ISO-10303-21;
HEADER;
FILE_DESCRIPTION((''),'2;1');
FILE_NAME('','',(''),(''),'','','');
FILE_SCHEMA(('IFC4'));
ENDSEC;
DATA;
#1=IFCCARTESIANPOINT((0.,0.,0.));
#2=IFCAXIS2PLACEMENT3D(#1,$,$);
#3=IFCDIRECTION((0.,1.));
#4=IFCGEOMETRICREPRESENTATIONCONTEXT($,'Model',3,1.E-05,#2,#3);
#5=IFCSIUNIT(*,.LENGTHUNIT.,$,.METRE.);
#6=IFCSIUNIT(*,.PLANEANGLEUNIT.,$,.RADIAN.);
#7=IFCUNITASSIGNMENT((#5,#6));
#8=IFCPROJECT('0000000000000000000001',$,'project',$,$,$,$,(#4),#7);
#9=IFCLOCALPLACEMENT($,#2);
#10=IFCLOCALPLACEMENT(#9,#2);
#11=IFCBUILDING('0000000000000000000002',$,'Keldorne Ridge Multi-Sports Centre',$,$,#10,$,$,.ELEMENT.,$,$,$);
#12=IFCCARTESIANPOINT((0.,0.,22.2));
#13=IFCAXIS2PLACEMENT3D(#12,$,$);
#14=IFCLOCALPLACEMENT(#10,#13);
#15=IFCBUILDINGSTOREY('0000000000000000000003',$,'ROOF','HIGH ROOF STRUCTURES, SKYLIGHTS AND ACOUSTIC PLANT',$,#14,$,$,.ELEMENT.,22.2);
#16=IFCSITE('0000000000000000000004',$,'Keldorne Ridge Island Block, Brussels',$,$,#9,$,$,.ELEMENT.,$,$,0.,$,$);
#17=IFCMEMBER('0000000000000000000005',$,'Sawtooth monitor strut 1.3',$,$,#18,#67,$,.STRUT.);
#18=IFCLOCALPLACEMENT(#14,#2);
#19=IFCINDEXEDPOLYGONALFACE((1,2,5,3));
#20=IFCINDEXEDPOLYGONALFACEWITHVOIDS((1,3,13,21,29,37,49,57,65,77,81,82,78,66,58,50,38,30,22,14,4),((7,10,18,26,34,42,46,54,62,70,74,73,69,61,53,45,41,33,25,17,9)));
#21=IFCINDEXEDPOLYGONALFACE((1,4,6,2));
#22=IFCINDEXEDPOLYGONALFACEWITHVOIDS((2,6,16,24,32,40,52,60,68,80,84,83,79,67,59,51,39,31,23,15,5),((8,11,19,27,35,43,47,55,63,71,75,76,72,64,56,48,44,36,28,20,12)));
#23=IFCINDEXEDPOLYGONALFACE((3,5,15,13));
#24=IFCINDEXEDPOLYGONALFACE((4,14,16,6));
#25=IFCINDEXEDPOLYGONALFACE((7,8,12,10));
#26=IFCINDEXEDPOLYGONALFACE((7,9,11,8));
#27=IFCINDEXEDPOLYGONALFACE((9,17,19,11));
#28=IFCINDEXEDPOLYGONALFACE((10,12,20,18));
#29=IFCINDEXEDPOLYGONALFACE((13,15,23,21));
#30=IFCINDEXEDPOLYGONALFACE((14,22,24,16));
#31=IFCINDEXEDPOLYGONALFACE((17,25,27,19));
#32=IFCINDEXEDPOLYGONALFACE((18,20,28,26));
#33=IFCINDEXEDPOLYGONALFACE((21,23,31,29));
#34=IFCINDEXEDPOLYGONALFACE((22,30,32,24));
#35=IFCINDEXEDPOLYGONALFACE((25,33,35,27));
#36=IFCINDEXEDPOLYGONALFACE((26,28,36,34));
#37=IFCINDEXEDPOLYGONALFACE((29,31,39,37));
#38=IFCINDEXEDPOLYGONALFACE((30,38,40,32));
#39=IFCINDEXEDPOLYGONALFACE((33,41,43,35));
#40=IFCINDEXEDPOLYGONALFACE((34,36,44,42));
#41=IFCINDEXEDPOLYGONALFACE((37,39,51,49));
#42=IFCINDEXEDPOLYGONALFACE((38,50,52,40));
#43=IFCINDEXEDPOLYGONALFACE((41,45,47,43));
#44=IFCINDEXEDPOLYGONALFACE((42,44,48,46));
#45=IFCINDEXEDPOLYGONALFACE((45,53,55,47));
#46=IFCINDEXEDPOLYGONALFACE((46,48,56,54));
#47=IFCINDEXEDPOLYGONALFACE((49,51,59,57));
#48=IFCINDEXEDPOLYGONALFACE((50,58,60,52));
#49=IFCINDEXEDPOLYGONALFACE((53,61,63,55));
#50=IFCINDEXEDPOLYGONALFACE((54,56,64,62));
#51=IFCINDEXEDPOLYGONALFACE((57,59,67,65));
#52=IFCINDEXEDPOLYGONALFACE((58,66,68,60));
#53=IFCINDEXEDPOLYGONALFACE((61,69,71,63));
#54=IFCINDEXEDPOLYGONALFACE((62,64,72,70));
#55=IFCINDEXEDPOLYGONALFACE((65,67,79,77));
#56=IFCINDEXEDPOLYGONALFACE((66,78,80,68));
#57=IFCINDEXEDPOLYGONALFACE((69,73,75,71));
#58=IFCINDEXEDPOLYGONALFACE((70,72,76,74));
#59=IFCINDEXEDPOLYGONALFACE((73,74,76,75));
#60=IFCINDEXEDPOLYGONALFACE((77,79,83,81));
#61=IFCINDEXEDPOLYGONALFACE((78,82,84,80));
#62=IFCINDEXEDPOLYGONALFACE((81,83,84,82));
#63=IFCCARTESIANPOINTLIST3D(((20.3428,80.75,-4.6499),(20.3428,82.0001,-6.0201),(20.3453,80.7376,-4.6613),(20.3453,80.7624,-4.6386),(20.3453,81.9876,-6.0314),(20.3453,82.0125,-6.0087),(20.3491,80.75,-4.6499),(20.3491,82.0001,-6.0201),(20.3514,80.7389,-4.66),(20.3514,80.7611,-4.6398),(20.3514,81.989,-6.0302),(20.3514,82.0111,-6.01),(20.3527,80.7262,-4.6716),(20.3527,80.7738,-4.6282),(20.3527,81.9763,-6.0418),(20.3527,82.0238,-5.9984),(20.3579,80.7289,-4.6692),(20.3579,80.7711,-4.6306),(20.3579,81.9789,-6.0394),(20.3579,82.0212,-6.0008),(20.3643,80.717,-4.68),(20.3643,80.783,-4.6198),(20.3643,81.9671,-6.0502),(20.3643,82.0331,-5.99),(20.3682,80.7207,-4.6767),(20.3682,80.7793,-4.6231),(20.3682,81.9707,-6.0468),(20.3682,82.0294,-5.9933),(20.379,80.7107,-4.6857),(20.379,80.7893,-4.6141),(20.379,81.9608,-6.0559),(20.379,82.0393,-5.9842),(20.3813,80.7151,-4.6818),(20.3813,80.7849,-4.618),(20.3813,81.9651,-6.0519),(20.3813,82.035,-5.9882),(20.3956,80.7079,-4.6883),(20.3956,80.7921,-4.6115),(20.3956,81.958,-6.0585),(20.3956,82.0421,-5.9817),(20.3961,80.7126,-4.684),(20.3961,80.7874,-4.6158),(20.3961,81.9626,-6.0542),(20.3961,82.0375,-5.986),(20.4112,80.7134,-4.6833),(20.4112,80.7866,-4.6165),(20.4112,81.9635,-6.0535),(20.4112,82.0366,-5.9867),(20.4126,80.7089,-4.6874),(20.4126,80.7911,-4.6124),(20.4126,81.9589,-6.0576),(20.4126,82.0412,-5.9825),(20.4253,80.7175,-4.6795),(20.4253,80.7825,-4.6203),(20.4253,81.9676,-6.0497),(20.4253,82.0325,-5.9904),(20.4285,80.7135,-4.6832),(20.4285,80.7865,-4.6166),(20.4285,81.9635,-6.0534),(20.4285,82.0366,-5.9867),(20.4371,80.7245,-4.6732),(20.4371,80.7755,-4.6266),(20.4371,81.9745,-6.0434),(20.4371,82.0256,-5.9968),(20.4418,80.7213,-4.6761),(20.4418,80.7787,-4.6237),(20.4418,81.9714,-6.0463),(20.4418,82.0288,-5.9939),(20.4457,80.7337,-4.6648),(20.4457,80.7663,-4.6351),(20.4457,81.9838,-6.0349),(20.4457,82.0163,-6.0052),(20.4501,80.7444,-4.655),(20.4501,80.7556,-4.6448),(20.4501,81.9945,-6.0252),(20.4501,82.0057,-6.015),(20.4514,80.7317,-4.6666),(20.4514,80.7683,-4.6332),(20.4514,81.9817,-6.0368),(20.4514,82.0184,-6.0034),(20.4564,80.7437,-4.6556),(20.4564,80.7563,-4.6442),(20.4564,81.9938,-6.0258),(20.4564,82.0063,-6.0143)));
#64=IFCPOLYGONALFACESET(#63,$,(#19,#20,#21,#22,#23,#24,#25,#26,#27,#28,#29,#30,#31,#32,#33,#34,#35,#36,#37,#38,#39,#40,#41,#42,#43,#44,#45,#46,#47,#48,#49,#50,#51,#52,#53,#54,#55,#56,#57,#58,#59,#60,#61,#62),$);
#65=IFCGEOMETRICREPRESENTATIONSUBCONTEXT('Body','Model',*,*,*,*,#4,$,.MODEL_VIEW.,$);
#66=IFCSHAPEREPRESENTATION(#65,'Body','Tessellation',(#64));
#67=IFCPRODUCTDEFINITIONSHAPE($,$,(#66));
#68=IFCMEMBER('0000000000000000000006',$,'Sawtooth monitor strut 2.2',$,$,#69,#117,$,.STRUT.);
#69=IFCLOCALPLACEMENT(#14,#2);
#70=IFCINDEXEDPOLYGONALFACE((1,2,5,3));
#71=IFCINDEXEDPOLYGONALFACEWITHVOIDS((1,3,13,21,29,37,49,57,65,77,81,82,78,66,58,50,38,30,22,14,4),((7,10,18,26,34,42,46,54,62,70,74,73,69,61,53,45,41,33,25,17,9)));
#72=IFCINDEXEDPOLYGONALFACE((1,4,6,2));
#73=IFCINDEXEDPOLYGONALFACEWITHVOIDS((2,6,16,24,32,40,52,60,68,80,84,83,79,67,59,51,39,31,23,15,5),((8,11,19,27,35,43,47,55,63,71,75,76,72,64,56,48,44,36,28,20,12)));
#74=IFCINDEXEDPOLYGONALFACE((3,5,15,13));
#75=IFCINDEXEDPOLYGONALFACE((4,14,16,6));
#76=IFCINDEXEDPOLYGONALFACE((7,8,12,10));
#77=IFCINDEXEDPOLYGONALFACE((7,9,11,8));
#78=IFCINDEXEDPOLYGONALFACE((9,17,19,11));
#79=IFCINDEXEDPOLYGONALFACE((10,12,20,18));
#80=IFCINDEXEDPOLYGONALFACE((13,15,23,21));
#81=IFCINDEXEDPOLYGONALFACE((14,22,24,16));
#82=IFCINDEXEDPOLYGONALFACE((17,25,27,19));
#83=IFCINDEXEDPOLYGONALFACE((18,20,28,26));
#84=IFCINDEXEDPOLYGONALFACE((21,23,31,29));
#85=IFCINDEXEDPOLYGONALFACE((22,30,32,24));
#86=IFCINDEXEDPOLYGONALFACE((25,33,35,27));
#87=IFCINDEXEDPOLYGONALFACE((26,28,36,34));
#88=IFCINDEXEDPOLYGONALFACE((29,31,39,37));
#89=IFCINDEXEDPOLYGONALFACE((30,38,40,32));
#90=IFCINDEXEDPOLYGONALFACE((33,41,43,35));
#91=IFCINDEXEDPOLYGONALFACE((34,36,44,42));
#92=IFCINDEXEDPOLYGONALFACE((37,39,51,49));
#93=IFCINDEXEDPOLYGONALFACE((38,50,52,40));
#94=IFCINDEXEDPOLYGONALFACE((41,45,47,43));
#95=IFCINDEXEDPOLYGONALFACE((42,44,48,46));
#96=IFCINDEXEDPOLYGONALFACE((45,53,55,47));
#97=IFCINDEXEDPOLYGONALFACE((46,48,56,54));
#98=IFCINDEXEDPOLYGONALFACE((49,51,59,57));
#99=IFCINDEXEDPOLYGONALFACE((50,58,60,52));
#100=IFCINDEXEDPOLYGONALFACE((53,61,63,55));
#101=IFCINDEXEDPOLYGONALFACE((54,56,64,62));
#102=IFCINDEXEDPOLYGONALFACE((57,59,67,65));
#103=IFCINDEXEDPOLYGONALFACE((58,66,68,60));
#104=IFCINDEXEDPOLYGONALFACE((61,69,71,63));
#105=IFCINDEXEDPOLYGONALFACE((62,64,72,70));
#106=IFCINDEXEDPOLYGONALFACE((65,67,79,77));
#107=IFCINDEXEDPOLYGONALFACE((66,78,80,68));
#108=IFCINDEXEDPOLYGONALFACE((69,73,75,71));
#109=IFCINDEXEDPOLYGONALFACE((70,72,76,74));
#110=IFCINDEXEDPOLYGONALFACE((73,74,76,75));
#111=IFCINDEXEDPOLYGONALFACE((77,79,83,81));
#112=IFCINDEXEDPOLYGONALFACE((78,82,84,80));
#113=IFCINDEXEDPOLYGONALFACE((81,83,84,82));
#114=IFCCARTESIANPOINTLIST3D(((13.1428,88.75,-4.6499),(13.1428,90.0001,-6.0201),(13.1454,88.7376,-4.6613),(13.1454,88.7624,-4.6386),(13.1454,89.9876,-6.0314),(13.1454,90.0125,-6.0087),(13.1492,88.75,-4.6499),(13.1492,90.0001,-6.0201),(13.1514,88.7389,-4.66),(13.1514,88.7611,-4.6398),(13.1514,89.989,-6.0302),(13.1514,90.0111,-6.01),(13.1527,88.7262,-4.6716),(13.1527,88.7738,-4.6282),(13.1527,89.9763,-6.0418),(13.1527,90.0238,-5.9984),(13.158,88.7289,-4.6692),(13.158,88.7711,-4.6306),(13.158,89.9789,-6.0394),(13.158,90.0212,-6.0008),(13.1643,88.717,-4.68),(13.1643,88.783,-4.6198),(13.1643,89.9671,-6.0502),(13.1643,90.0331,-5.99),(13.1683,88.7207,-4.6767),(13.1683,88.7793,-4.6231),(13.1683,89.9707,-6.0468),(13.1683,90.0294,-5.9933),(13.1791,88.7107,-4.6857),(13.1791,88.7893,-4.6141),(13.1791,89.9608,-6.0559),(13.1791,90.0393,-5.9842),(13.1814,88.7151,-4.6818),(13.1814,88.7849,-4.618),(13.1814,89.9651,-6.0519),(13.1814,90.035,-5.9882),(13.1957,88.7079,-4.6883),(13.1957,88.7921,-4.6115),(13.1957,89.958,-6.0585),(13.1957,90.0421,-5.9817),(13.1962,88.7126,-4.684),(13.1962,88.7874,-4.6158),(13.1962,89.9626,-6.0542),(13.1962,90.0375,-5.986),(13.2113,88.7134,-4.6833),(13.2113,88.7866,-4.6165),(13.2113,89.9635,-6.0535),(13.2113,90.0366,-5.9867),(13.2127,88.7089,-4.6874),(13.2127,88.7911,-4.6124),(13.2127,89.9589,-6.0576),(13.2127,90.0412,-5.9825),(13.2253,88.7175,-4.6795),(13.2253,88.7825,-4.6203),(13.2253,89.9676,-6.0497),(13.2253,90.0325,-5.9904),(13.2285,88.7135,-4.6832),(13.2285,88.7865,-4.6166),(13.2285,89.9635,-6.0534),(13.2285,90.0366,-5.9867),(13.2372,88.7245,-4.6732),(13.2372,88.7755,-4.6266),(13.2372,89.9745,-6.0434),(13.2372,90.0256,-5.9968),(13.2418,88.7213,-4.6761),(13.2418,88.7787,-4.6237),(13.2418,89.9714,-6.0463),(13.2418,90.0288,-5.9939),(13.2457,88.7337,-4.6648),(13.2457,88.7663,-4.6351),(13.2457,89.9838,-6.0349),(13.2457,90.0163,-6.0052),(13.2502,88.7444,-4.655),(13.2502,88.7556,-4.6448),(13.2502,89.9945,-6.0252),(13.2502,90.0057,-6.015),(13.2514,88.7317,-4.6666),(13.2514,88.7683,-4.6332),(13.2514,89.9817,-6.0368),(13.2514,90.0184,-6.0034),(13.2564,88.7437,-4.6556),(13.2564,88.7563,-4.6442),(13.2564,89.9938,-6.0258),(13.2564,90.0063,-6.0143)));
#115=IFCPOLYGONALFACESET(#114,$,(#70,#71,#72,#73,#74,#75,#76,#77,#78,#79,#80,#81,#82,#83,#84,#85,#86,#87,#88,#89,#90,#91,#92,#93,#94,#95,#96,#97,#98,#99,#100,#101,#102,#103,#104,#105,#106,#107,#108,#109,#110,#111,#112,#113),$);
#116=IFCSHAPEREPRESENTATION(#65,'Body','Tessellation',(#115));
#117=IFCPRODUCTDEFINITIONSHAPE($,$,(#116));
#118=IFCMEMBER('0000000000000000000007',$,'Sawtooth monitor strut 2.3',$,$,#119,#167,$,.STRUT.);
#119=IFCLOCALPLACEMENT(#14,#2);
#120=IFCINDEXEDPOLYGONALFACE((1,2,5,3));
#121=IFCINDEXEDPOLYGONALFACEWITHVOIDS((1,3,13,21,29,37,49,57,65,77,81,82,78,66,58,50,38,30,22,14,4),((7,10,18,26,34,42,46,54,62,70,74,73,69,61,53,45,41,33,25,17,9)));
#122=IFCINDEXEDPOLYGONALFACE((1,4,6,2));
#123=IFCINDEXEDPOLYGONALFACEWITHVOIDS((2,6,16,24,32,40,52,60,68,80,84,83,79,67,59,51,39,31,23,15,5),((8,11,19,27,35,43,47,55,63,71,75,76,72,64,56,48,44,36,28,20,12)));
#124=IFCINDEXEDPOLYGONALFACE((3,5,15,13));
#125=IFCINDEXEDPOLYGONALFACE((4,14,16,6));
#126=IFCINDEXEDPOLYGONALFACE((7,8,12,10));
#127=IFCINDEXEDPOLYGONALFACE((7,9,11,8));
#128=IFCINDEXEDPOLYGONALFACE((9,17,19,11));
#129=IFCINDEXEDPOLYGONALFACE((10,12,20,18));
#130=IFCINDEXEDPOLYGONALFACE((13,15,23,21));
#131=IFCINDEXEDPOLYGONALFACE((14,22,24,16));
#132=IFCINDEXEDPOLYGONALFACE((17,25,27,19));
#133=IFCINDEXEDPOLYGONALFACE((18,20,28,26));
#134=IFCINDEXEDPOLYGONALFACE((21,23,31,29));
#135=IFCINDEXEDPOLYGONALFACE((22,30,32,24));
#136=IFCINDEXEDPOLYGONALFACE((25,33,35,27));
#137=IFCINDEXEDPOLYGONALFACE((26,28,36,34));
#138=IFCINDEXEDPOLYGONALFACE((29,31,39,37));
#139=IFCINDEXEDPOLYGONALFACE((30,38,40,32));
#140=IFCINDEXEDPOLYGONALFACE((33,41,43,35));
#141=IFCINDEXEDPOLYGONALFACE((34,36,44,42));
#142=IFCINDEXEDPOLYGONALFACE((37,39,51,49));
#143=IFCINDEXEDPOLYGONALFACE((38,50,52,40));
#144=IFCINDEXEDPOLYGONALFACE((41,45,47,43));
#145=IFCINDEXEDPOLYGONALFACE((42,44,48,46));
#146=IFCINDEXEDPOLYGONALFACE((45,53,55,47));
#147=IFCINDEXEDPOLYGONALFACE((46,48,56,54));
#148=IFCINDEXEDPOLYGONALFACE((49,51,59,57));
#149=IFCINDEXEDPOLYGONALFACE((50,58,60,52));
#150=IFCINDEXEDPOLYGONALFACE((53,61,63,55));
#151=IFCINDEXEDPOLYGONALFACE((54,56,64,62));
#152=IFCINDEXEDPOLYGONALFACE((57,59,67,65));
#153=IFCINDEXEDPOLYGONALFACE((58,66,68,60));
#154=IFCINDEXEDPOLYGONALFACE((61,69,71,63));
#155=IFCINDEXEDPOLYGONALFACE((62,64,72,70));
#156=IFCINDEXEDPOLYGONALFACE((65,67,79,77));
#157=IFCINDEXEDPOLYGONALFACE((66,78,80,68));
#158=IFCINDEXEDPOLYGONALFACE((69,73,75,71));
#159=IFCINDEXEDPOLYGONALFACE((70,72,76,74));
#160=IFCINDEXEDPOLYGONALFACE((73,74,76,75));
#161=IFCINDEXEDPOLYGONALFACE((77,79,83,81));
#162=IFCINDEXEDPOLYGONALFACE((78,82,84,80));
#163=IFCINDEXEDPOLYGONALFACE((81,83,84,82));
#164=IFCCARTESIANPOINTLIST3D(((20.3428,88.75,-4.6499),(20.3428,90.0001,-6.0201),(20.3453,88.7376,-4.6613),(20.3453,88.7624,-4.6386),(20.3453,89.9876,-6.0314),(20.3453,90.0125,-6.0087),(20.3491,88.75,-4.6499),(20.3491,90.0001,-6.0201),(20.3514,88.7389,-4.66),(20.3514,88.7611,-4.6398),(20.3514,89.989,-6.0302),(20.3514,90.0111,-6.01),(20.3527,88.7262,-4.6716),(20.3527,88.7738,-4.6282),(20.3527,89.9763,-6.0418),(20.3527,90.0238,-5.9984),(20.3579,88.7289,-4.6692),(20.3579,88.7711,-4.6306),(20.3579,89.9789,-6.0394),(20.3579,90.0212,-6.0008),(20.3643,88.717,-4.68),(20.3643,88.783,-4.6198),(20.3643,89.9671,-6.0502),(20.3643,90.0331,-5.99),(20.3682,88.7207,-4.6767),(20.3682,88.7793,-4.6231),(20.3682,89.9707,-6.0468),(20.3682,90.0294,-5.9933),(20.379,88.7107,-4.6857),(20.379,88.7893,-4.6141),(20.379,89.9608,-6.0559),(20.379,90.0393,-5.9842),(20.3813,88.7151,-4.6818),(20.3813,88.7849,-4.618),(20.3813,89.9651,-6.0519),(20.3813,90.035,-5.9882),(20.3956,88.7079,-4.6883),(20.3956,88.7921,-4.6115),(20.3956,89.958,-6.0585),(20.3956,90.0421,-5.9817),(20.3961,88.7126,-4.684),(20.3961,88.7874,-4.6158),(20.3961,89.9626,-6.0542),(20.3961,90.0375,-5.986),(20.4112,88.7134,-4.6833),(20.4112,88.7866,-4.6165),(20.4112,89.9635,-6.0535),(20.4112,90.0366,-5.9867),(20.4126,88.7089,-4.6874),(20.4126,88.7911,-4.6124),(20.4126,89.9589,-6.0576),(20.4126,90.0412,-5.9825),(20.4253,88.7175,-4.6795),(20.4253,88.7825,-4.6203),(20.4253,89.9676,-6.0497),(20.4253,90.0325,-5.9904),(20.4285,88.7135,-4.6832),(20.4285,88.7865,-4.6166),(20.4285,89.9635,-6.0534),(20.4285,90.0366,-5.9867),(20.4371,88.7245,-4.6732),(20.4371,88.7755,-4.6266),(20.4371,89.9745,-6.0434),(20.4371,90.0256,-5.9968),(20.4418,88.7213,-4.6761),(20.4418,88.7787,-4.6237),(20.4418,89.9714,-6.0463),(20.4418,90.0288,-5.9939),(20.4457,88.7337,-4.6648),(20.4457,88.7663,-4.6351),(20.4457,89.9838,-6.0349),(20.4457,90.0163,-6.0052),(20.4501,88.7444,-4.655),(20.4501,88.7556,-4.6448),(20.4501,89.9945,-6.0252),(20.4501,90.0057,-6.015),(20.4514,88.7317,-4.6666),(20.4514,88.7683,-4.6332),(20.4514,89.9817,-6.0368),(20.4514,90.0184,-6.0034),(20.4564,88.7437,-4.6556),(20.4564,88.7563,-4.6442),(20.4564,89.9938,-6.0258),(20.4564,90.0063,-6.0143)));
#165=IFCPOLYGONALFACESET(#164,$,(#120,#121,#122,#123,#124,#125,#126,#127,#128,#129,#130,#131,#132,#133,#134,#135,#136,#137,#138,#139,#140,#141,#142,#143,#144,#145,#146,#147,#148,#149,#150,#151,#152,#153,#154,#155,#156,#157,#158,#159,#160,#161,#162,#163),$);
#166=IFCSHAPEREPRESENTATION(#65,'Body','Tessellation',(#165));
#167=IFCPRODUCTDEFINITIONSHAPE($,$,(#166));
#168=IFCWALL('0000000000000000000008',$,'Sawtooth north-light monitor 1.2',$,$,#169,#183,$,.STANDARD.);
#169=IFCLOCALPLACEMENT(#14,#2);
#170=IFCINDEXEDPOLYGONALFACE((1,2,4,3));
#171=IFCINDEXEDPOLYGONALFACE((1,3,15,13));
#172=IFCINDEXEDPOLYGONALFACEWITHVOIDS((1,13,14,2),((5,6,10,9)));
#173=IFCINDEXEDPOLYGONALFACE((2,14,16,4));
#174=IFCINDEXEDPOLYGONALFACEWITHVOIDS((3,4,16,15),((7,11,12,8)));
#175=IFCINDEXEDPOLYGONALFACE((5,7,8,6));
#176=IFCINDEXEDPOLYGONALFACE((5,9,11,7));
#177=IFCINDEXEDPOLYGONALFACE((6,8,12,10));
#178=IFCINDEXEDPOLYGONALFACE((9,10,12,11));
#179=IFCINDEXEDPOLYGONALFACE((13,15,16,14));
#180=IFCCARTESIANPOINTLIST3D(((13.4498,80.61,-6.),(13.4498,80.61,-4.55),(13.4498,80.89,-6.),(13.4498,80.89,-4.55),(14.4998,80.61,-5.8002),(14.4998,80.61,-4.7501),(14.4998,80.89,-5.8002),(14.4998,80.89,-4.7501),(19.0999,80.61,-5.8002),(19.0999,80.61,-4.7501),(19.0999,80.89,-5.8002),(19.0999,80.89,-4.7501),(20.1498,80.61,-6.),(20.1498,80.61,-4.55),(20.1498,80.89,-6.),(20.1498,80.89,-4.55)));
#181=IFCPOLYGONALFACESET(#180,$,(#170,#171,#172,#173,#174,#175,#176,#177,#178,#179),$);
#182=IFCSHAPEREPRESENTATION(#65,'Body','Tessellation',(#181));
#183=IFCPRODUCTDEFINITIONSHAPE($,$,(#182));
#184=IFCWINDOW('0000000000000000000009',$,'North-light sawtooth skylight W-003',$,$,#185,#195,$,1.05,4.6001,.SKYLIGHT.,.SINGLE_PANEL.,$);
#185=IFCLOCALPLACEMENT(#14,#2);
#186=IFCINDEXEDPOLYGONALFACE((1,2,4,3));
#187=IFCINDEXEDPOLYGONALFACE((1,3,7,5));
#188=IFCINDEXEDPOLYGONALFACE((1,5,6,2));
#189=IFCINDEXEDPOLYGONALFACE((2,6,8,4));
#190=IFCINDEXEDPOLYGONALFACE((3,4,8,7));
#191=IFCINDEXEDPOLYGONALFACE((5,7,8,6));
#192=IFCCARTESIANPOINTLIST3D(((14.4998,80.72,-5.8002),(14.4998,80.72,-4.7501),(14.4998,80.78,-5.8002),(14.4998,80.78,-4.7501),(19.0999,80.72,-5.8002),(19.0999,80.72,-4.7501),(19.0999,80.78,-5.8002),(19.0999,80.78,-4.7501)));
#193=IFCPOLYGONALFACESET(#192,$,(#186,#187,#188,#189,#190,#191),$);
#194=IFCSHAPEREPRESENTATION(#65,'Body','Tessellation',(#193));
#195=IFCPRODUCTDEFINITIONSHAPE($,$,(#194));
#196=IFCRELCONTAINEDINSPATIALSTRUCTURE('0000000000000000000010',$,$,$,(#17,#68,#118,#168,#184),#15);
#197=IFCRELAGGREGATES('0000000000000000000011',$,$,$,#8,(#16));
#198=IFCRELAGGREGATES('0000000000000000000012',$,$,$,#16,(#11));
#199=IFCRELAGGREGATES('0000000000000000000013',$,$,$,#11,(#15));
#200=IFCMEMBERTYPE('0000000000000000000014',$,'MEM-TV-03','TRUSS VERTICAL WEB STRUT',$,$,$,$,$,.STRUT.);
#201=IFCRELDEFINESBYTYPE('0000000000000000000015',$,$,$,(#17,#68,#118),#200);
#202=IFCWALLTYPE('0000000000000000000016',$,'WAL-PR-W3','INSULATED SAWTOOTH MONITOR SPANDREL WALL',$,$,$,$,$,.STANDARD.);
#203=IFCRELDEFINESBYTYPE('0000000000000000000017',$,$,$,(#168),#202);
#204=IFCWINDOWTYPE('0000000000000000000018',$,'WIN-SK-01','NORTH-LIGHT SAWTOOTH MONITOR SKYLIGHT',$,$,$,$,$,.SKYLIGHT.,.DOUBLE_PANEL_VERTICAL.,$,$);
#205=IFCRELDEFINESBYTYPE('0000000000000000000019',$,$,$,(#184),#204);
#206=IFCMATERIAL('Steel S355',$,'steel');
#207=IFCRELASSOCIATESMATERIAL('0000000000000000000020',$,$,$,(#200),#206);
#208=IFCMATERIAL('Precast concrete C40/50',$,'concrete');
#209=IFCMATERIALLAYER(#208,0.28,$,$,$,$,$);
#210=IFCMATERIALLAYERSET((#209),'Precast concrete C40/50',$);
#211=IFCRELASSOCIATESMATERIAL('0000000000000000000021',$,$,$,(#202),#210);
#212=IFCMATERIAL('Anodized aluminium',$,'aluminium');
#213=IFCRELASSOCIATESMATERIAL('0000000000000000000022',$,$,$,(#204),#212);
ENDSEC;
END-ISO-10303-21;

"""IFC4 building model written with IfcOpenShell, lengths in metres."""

from ifc_helpers import new_model, si_unit, direction, frame, frame_2d, origin, origin_2d, place, context, subcontext, project, spatial, rectangle, hollow_circle, extrude, material, layer, layer_set, material_profile, profile_set, type_object, element, fill, save


model = new_model("IFC4")

# Units and contexts
model_context = context("Model", 3, precision=1e-05, world=origin(), true_north=direction((0.0, 1.0)))
body_context = subcontext(model_context, "Body", "Model", "MODEL_VIEW")
ifc_project = project(units=[si_unit("LENGTHUNIT", "METRE"), si_unit("PLANEANGLEUNIT", "RADIAN")], contexts=[model_context])

# Site, building, storey
site_placement = place(None, origin())
site = spatial("IfcSite", under=ifc_project, at=site_placement, Name="Keldorne Ridge Island Block, Brussels", CompositionType="ELEMENT", RefElevation=0.0)
building_placement = place(site_placement, origin())
building = spatial("IfcBuilding", under=site, at=building_placement, Name="Keldorne Ridge Multi-Sports Centre", CompositionType="ELEMENT")
storey_placement = place(building_placement, frame((0.0, 0.0, 22.2)))
storey = spatial("IfcBuildingStorey", under=building, at=storey_placement, Name="ROOF", Description="HIGH ROOF STRUCTURES, SKYLIGHTS AND ACOUSTIC PLANT", CompositionType="ELEMENT", Elevation=22.2)

# Shared definitions
ifc_material_1 = material(Name="Steel S355", Category="steel")

# Members
ifc_material_profile_1 = material_profile(ifc_material_1, hollow_circle(Radius=0.0571, WallThickness=0.0063, at=origin_2d()), Name="CHS 114.3x6.3")
ifc_profile_set_1 = profile_set([ifc_material_profile_1], Name="Steel S355")
member_type_1 = type_object("IfcMemberType", Name="MEM-TV-03", Description="TRUSS VERTICAL WEB STRUT", PredefinedType="STRUT", material=ifc_profile_set_1)
for number, where, z_axis, x_axis, name in (
    (1, (20.3999, 80.75, -4.6499), (0.0, 0.673982, -0.738748), (-1.0, 0.0, 0.0), "Sawtooth monitor strut 1.3"),
    (2, (13.2, 88.75, -4.6499), (0.0, 0.673982, -0.738748), (-1.0, 0.0, 0.0), "Sawtooth monitor strut 2.2"),
    (3, (20.3999, 88.75, -4.6499), (0.0, 0.673982, -0.738748), (-1.0, 0.0, 0.0), "Sawtooth monitor strut 2.3"),
):
    element("IfcMember", number, at=place(storey_placement, frame(where, z_axis=z_axis, x_axis=x_axis)), inside=storey, type_object=member_type_1, Name=name, PredefinedType="STRUT", context=body_context, shape_type="SweptSolid", body=[
        extrude(hollow_circle(Radius=0.0571, WallThickness=0.0063, at=origin_2d()), origin(), (0.0, 0.0, 1.0), 1.8547),
    ])

# Wall, opening, window
ifc_material_2 = material(Name="Precast concrete C40/50", Category="concrete")
ifc_layer = layer(ifc_material_2, 0.28)
ifc_layer_set = layer_set([ifc_layer], Name="Precast concrete C40/50")
wall_type = type_object("IfcWallType", Name="WAL-PR-W3", Description="INSULATED SAWTOOTH MONITOR SPANDREL WALL", PredefinedType="STANDARD", material=ifc_layer_set)
wall_1_placement = place(storey_placement, frame((20.1499, 80.75, -6.0), z_axis=(0.0, 0.0, 1.0), x_axis=(-1.0, 0.0, 0.0)))
wall_1 = element("IfcWall", 4, at=wall_1_placement, inside=storey, type_object=wall_type, Name="Sawtooth north-light monitor 1.2", PredefinedType="STANDARD", context=body_context, shape_type="SweptSolid", body=[
    extrude(rectangle(XDim=6.7, YDim=0.28, at=frame_2d((3.3501, 0.0))), origin(), (0.0, 0.0, 1.0), 1.45),
])
opening_1_placement = place(wall_1_placement, frame((1.05, 0.0, 0.2)))
opening_1 = element("IfcOpeningElement", 5, at=opening_1_placement, cuts=wall_1, PredefinedType="OPENING", context=body_context, shape_type="SweptSolid", body=[
    extrude(rectangle(XDim=4.6001, YDim=1.05, at=frame_2d((2.3, 0.5249))), frame((0.0, 0.1499, 0.0), z_axis=(0.0, -1.0, 0.0), x_axis=(1.0, 0.0, 0.0)), (0.0, 0.0, 1.0), 0.3),
])
ifc_material_3 = material(Name="Anodized aluminium", Category="aluminium")
window_type = type_object("IfcWindowType", Name="WIN-SK-01", Description="NORTH-LIGHT SAWTOOTH MONITOR SKYLIGHT", PartitioningType="DOUBLE_PANEL_VERTICAL", PredefinedType="SKYLIGHT", material=ifc_material_3)
window_1_placement = place(opening_1_placement, origin())
window_1 = element("IfcWindow", 6, at=window_1_placement, inside=storey, type_object=window_type, Name="North-light sawtooth skylight W-003", OverallHeight=1.05, OverallWidth=4.6001, PartitioningType="SINGLE_PANEL", PredefinedType="SKYLIGHT", context=body_context, shape_type="SweptSolid", body=[
    extrude(rectangle(XDim=4.6001, YDim=1.05, at=frame_2d((2.3, 0.5249))), frame((0.0, 0.03, 0.0), z_axis=(0.0, -1.0, 0.0), x_axis=(1.0, 0.0, 0.0)), (0.0, 0.0, 1.0), 0.0601),
])
fill(opening_1, window_1)

save(model, "model.ifc")
